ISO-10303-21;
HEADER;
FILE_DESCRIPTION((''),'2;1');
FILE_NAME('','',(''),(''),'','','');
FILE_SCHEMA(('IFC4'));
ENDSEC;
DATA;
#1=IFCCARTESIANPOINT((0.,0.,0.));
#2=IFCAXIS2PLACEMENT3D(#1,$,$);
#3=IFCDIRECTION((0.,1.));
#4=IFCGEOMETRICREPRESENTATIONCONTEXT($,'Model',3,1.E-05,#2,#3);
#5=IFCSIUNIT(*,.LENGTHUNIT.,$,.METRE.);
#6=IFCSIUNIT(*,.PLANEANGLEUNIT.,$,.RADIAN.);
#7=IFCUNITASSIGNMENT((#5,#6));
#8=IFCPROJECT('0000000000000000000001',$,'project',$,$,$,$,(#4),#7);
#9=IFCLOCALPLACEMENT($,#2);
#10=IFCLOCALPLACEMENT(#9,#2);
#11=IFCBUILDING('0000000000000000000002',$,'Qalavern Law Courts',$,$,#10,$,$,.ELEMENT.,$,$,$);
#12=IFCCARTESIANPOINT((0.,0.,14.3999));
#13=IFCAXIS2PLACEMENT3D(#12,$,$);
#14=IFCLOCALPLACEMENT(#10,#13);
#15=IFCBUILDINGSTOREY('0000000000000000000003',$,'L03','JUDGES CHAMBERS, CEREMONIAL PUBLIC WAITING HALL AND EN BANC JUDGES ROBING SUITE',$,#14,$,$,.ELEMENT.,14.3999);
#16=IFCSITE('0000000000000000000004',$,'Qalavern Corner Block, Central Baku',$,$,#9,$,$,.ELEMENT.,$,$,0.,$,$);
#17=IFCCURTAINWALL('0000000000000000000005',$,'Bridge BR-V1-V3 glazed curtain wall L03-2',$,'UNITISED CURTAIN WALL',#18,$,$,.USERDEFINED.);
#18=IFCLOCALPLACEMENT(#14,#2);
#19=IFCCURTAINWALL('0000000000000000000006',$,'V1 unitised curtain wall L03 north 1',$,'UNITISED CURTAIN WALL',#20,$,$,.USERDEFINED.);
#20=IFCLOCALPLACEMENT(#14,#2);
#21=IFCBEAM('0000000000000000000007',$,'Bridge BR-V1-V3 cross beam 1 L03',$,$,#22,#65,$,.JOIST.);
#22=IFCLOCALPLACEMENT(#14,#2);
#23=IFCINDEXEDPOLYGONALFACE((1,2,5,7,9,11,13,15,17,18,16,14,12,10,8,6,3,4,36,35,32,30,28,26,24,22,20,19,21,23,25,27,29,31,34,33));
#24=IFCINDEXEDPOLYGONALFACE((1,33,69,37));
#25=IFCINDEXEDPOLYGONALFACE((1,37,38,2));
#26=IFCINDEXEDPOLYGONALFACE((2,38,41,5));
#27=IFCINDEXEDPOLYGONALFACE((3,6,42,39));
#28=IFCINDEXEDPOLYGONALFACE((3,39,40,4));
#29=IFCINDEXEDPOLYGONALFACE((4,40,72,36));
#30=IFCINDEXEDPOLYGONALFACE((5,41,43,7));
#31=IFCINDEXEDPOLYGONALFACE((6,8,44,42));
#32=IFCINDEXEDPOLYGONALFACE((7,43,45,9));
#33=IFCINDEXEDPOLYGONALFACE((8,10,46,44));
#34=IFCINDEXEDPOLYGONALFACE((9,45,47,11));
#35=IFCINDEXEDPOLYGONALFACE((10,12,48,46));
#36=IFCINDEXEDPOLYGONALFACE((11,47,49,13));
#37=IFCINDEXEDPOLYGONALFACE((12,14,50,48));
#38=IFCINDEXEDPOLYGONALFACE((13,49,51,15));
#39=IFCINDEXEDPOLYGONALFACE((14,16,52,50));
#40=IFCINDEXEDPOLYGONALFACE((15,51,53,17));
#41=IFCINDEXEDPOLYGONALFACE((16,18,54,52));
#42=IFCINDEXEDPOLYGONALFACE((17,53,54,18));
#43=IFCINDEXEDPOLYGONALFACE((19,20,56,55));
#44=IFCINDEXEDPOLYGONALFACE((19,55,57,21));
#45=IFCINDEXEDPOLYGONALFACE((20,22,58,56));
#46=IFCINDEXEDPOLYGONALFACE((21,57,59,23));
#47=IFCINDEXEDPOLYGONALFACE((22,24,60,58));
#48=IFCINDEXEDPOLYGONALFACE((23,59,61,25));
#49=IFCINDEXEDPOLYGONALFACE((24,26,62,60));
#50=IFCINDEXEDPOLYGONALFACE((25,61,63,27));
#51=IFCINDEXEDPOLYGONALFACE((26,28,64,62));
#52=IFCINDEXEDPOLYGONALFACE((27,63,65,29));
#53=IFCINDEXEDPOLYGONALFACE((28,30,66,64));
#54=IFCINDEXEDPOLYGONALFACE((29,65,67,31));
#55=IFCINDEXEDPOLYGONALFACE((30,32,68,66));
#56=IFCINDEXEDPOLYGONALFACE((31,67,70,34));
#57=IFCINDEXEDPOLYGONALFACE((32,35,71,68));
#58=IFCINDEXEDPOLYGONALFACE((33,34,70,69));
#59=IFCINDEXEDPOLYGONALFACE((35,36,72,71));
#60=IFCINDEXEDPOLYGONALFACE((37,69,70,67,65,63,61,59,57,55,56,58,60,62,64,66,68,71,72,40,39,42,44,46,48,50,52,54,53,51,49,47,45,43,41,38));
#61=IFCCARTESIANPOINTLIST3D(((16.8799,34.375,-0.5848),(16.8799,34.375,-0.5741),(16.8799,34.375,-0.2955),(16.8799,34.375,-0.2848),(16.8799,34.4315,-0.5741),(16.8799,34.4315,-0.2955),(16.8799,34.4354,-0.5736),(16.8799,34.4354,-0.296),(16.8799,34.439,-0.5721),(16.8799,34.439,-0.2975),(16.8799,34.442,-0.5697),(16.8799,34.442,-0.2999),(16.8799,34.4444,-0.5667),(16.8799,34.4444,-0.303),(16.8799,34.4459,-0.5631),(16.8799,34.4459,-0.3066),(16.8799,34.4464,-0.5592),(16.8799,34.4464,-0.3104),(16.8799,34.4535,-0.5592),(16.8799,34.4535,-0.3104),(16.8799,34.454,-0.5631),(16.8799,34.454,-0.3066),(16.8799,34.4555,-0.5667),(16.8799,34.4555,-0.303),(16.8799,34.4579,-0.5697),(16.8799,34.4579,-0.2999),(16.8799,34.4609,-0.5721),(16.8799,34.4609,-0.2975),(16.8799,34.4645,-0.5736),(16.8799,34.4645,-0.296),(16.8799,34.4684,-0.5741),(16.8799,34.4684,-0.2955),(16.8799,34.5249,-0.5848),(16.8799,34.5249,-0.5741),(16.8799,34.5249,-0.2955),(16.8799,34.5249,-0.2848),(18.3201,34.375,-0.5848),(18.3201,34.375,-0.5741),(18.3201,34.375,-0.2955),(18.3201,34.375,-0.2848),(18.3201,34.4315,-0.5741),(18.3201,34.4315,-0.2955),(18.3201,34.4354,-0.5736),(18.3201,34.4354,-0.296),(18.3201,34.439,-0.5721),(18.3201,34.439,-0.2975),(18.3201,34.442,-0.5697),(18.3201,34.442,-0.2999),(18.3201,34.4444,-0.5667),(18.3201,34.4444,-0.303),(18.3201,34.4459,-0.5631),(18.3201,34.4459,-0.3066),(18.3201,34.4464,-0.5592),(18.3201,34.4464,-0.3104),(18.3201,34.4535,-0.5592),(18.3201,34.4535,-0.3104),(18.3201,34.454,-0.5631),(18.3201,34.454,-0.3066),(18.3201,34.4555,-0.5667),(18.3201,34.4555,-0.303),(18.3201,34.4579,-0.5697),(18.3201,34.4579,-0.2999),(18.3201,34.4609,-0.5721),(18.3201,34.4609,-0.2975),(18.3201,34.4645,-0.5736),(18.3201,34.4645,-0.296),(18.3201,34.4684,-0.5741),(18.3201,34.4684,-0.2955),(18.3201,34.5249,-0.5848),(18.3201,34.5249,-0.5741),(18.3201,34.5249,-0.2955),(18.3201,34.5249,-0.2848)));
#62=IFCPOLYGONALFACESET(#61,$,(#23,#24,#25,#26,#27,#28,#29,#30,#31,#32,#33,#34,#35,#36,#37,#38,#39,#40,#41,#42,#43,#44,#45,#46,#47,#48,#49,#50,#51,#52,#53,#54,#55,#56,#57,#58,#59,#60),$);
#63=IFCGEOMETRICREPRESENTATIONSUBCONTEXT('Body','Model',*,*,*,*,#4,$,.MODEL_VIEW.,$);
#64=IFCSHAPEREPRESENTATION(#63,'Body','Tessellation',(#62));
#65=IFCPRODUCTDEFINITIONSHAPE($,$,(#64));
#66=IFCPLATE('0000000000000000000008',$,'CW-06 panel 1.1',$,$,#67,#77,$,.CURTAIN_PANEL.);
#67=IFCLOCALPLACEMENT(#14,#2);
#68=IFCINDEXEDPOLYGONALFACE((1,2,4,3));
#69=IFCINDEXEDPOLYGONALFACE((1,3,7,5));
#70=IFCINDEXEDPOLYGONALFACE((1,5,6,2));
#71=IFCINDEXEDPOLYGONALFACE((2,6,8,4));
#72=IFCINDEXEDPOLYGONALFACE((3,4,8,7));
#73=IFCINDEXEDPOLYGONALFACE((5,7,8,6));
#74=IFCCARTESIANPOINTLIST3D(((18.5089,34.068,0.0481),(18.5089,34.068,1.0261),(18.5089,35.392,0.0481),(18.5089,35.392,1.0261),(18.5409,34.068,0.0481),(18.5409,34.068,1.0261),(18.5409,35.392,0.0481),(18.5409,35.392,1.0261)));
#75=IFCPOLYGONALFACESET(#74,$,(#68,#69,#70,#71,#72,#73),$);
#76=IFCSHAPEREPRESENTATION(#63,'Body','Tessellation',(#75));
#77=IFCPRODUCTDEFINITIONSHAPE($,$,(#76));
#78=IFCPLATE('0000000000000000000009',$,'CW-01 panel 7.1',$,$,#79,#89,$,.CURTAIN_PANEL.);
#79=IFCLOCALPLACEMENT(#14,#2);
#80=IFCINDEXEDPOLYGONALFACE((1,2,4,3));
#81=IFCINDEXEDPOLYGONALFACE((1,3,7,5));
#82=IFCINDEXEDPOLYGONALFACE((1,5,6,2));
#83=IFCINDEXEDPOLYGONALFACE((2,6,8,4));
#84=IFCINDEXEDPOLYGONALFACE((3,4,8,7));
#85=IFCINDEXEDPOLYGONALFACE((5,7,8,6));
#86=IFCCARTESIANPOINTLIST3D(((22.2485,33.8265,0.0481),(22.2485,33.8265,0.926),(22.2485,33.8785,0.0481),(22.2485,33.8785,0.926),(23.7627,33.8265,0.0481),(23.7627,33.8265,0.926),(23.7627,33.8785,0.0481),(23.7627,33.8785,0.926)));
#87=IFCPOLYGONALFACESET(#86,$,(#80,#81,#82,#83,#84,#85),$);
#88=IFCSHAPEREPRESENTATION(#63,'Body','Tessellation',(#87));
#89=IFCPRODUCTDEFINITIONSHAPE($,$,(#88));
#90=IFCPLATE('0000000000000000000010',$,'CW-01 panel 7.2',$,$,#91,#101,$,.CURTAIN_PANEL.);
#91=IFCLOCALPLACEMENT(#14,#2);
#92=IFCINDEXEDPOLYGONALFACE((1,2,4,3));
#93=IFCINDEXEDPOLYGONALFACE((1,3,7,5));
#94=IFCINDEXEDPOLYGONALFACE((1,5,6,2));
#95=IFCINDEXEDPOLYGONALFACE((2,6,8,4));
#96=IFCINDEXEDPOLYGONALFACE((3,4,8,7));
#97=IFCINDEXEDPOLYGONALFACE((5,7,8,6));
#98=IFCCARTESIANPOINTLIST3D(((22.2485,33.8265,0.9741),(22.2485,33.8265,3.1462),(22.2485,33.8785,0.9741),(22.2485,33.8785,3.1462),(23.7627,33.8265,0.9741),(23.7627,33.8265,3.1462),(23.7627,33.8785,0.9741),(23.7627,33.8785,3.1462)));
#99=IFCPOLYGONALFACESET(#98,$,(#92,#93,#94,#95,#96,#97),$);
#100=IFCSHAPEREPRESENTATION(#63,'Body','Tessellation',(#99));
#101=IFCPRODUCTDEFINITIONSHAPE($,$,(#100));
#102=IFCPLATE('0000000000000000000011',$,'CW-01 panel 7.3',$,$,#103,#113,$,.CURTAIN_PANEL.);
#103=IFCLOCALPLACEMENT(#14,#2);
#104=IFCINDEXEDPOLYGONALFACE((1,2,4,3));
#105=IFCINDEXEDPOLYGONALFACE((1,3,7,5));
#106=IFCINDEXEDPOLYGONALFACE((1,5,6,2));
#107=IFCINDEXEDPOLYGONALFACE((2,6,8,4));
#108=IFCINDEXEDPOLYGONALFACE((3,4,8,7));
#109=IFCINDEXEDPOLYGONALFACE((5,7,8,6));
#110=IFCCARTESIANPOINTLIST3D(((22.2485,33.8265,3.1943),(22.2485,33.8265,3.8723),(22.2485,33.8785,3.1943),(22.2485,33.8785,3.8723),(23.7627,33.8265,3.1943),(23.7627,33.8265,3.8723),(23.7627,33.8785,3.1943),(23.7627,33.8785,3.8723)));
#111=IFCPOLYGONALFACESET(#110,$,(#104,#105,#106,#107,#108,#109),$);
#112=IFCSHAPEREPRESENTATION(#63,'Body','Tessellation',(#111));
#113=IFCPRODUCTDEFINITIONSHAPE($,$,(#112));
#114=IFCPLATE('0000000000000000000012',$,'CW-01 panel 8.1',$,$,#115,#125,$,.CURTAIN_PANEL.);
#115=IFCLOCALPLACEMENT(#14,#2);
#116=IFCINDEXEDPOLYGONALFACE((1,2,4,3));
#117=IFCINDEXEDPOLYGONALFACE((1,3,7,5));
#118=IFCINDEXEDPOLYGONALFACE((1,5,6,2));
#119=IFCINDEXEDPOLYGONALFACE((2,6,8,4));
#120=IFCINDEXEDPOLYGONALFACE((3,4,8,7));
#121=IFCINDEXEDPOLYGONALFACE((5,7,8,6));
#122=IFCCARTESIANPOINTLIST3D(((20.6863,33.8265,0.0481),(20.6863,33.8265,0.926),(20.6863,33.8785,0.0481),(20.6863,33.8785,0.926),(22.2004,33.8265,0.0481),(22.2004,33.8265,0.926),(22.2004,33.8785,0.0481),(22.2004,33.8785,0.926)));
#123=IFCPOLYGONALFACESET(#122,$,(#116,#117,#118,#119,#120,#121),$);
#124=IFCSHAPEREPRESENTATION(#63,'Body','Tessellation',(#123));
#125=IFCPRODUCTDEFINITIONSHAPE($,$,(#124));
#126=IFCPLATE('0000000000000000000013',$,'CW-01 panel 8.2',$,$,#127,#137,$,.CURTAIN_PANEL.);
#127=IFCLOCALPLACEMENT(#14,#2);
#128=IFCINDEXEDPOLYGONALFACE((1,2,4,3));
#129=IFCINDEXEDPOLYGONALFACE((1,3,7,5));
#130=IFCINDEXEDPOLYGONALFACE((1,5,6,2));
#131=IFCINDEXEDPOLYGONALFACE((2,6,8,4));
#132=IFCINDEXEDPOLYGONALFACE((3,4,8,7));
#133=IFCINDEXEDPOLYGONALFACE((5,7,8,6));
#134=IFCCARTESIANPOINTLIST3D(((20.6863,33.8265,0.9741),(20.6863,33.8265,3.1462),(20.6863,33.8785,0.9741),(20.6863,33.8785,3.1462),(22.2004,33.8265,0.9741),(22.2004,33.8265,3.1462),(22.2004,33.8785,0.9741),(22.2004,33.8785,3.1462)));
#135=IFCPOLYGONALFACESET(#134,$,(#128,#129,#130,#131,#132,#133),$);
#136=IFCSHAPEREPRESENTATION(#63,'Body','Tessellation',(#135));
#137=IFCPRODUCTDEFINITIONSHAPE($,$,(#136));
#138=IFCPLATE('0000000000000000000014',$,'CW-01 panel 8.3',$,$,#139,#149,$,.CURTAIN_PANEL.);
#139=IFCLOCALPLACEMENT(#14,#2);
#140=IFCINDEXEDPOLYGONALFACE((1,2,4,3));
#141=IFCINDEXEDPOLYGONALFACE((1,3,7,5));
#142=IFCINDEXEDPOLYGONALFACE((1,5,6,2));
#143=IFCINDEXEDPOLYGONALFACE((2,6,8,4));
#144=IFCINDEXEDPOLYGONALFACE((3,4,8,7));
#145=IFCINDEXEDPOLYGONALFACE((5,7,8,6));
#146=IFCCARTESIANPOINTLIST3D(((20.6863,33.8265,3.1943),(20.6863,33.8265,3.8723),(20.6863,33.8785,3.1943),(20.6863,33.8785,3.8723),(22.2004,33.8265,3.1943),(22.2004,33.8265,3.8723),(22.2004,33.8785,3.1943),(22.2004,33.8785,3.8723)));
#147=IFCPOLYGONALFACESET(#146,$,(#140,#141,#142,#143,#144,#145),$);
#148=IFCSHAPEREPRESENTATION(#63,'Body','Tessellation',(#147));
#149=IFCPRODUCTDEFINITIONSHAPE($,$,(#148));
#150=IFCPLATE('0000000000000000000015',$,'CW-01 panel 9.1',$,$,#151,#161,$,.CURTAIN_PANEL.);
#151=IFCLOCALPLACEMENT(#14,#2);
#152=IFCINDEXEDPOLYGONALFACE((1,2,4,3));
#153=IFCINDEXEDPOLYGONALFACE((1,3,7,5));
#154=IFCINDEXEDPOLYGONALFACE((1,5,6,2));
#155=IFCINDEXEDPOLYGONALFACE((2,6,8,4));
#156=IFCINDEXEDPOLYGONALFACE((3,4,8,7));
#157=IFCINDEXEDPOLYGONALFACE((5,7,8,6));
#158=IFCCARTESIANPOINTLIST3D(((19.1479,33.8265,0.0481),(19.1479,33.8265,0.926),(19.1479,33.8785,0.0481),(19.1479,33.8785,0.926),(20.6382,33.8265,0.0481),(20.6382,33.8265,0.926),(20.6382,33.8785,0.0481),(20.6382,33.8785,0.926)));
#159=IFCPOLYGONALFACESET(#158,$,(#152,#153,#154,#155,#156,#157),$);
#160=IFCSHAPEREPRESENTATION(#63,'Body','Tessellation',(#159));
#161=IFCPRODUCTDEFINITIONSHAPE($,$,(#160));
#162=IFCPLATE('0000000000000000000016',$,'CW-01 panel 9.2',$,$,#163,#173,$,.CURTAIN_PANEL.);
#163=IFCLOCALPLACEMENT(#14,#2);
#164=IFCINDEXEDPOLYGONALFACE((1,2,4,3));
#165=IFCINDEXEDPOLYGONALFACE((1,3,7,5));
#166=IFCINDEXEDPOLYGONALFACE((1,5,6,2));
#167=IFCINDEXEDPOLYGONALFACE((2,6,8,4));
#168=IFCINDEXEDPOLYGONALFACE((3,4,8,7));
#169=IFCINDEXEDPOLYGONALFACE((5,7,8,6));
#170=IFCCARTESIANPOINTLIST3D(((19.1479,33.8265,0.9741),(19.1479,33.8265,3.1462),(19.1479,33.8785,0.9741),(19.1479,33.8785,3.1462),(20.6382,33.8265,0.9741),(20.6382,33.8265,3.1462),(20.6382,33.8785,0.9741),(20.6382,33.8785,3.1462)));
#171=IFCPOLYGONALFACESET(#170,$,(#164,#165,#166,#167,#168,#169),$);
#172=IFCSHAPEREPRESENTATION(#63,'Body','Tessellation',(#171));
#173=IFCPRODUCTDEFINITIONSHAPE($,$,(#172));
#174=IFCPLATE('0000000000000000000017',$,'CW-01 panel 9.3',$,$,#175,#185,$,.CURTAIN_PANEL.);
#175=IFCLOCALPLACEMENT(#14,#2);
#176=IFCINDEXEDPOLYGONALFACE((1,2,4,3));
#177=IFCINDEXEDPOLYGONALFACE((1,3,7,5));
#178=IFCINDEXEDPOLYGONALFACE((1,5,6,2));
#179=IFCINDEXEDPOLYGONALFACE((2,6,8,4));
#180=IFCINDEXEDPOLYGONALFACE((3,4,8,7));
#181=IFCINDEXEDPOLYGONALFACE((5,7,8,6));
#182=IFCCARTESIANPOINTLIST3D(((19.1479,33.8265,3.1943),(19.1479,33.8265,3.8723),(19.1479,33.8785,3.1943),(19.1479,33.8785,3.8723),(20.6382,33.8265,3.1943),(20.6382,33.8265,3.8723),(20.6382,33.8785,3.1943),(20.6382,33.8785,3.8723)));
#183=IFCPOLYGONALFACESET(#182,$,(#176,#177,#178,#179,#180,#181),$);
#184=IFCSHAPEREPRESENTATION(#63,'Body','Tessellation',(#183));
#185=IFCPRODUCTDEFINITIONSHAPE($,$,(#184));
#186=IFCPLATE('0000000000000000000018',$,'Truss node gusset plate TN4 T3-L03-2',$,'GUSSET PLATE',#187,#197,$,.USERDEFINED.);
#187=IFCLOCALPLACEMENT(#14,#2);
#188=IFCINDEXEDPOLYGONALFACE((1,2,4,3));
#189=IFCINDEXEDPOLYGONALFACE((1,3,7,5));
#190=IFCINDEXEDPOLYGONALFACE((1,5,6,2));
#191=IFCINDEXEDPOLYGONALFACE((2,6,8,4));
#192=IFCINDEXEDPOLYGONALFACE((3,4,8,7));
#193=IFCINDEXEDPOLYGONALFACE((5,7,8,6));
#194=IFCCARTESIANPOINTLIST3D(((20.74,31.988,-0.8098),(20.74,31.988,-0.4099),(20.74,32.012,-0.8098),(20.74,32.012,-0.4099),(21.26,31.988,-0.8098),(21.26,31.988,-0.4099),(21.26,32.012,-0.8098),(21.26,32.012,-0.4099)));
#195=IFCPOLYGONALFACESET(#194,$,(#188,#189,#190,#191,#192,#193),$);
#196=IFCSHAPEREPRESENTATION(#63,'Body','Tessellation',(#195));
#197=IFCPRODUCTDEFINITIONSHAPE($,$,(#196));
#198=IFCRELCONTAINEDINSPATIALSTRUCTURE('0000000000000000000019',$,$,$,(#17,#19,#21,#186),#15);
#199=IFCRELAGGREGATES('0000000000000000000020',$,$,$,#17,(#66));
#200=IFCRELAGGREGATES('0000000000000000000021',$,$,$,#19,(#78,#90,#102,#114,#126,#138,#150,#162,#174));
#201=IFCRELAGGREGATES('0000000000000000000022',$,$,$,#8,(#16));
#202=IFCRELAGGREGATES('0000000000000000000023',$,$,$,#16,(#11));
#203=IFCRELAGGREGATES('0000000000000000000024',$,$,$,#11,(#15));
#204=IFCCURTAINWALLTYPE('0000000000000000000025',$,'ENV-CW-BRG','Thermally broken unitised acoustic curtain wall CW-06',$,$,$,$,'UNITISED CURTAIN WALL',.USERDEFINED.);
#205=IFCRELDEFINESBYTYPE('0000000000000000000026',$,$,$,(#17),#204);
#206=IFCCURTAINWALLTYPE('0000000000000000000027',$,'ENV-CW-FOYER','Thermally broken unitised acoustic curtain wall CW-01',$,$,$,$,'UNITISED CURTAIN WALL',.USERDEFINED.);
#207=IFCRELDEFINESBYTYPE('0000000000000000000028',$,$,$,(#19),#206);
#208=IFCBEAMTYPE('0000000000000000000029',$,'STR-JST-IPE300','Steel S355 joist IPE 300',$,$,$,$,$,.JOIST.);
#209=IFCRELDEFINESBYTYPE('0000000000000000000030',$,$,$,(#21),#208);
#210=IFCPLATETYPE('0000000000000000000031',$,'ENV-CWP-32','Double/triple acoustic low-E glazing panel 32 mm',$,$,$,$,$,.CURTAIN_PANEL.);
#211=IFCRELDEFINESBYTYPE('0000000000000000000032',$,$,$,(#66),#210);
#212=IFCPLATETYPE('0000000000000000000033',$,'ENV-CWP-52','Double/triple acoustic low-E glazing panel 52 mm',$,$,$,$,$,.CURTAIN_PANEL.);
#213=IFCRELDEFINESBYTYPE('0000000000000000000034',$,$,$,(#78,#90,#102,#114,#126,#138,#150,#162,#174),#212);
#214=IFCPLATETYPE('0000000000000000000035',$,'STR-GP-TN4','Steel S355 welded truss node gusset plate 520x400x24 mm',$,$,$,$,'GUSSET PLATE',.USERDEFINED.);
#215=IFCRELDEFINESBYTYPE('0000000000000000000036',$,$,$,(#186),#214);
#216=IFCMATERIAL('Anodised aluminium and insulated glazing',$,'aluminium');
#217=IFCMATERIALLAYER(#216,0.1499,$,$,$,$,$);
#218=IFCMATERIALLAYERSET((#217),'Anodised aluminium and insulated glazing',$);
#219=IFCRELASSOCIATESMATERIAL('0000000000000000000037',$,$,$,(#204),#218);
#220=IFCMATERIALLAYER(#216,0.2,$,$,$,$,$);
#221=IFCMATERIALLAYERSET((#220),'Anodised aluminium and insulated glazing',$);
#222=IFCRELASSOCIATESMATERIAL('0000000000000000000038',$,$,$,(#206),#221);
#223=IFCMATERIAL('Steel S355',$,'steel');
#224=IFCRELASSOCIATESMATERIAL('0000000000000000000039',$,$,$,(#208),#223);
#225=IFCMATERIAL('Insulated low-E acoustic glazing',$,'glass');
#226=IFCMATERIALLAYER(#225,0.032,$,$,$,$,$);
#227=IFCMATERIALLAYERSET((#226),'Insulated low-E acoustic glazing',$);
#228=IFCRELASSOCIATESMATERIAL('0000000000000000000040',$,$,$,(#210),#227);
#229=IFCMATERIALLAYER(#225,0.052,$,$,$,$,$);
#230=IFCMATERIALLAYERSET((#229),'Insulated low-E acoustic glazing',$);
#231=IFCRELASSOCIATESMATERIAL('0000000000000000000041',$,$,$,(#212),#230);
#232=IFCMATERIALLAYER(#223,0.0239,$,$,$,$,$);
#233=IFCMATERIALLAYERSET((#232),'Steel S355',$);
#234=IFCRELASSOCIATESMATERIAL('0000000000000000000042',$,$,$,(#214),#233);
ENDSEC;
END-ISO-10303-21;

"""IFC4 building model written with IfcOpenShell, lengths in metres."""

from ifc_helpers import new_model, si_unit, direction, frame, origin, origin_2d, place, context, subcontext, project, spatial, rectangle, i_section, extrude, material, layer, layer_set, material_profile, profile_set, type_object, element, aggregate, save


model = new_model("IFC4")

# Units and contexts
model_context = context("Model", 3, precision=1e-05, world=origin(), true_north=direction((0.0, 1.0)))
body_context = subcontext(model_context, "Body", "Model", "MODEL_VIEW")
ifc_project = project(units=[si_unit("LENGTHUNIT", "METRE"), si_unit("PLANEANGLEUNIT", "RADIAN")], contexts=[model_context])

# Site, building, storey
site_placement = place(None, origin())
site = spatial("IfcSite", under=ifc_project, at=site_placement, Name="Qalavern Corner Block, Central Baku", CompositionType="ELEMENT", RefElevation=0.0)
building_placement = place(site_placement, origin())
building = spatial("IfcBuilding", under=site, at=building_placement, Name="Qalavern Law Courts", CompositionType="ELEMENT")
storey_placement = place(building_placement, frame((0.0, 0.0, 14.3999)))
storey = spatial("IfcBuildingStorey", under=building, at=storey_placement, Name="L03", Description="JUDGES CHAMBERS, CEREMONIAL PUBLIC WAITING HALL AND EN BANC JUDGES ROBING SUITE", CompositionType="ELEMENT", Elevation=14.3999)

# Curtain wall
ifc_material_1 = material(Name="Anodised aluminium and insulated glazing", Category="aluminium")
ifc_layer_1 = layer(ifc_material_1, 0.1499)
ifc_layer_set_1 = layer_set([ifc_layer_1], Name="Anodised aluminium and insulated glazing")
curtain_wall_type_1 = type_object("IfcCurtainWallType", Name="ENV-CW-BRG", Description="Thermally broken unitised acoustic curtain wall CW-06", ElementType="UNITISED CURTAIN WALL", PredefinedType="USERDEFINED", material=ifc_layer_set_1)
curtain_wall_1_placement = place(storey_placement, origin())
curtain_wall_1 = element("IfcCurtainWall", 1, at=curtain_wall_1_placement, inside=storey, type_object=curtain_wall_type_1, Name="Bridge BR-V1-V3 glazed curtain wall L03-2", ObjectType="UNITISED CURTAIN WALL", PredefinedType="USERDEFINED")

# Curtain wall
ifc_layer_2 = layer(ifc_material_1, 0.2)
ifc_layer_set_2 = layer_set([ifc_layer_2], Name="Anodised aluminium and insulated glazing")
curtain_wall_type_2 = type_object("IfcCurtainWallType", Name="ENV-CW-FOYER", Description="Thermally broken unitised acoustic curtain wall CW-01", ElementType="UNITISED CURTAIN WALL", PredefinedType="USERDEFINED", material=ifc_layer_set_2)
curtain_wall_2_placement = place(storey_placement, origin())
curtain_wall_2 = element("IfcCurtainWall", 2, at=curtain_wall_2_placement, inside=storey, type_object=curtain_wall_type_2, Name="V1 unitised curtain wall L03 north 1", ObjectType="UNITISED CURTAIN WALL", PredefinedType="USERDEFINED")

# Shared definitions
ifc_material_2 = material(Name="Steel S355", Category="steel")

# Beam
ifc_material_profile_1 = material_profile(ifc_material_2, i_section(OverallWidth=0.1499, OverallDepth=0.3, WebThickness=0.0071, FlangeThickness=0.0107, FilletRadius=0.0149, at=origin_2d()), Name="IPE 300")
ifc_profile_set_1 = profile_set([ifc_material_profile_1], Name="Steel S355")
beam_type_1 = type_object("IfcBeamType", Name="STR-JST-IPE300", Description="Steel S355 joist IPE 300", PredefinedType="JOIST", material=ifc_profile_set_1)
beam_1_placement = place(storey_placement, frame((16.8799, 34.45, -0.4348), z_axis=(1.0, 0.0, 0.0), x_axis=(0.0, 1.0, 0.0)))
element("IfcBeam", 3, at=beam_1_placement, inside=storey, type_object=beam_type_1, Name="Bridge BR-V1-V3 cross beam 1 L03", PredefinedType="JOIST", context=body_context, shape_type="SweptSolid", body=[
    extrude(i_section(OverallWidth=0.1499, OverallDepth=0.3, WebThickness=0.0071, FlangeThickness=0.0107, FilletRadius=0.0149, at=origin_2d()), origin(), (0.0, 0.0, 1.0), 1.4402),
])

# Plates
ifc_material_3 = material(Name="Insulated low-E acoustic glazing", Category="glass")
ifc_layer_3 = layer(ifc_material_3, 0.032)
ifc_layer_set_3 = layer_set([ifc_layer_3], Name="Insulated low-E acoustic glazing")
plate_type_1 = type_object("IfcPlateType", Name="ENV-CWP-32", Description="Double/triple acoustic low-E glazing panel 32 mm", PredefinedType="CURTAIN_PANEL", material=ifc_layer_set_3)
plate_1_placement = place(storey_placement, frame((18.5249, 34.73, 0.0481), z_axis=(0.0, 0.0, 1.0), x_axis=(0.0, 1.0, 0.0)))
plate_1 = element("IfcPlate", 4, at=plate_1_placement, type_object=plate_type_1, Name="CW-06 panel 1.1", PredefinedType="CURTAIN_PANEL", context=body_context, shape_type="SweptSolid", body=[
    extrude(rectangle(XDim=1.324, YDim=0.032, at=origin_2d()), origin(), (0.0, 0.0, 1.0), 0.978),
])
aggregate(curtain_wall_1, [plate_1])
ifc_layer_4 = layer(ifc_material_3, 0.052)
ifc_layer_set_4 = layer_set([ifc_layer_4], Name="Insulated low-E acoustic glazing")
plate_type_2 = type_object("IfcPlateType", Name="ENV-CWP-52", Description="Double/triple acoustic low-E glazing panel 52 mm", PredefinedType="CURTAIN_PANEL", material=ifc_layer_set_4)
plate_2_placement = place(storey_placement, frame((23.0056, 33.8525, 0.0481), z_axis=(0.0, 0.0, 1.0), x_axis=(-1.0, 0.0, 0.0)))
plate_2 = element("IfcPlate", 5, at=plate_2_placement, type_object=plate_type_2, Name="CW-01 panel 7.1", PredefinedType="CURTAIN_PANEL", context=body_context, shape_type="SweptSolid", body=[
    extrude(rectangle(XDim=1.5142, YDim=0.052, at=origin_2d()), origin(), (0.0, 0.0, 1.0), 0.8779),
])
plate_3_placement = place(storey_placement, frame((23.0056, 33.8525, 0.9741), z_axis=(0.0, 0.0, 1.0), x_axis=(-1.0, 0.0, 0.0)))
plate_3 = element("IfcPlate", 6, at=plate_3_placement, type_object=plate_type_2, Name="CW-01 panel 7.2", PredefinedType="CURTAIN_PANEL", context=body_context, shape_type="SweptSolid", body=[
    extrude(rectangle(XDim=1.5142, YDim=0.052, at=origin_2d()), origin(), (0.0, 0.0, 1.0), 2.1721),
])
plate_4_placement = place(storey_placement, frame((23.0056, 33.8525, 3.1943), z_axis=(0.0, 0.0, 1.0), x_axis=(-1.0, 0.0, 0.0)))
plate_4 = element("IfcPlate", 7, at=plate_4_placement, type_object=plate_type_2, Name="CW-01 panel 7.3", PredefinedType="CURTAIN_PANEL", context=body_context, shape_type="SweptSolid", body=[
    extrude(rectangle(XDim=1.5142, YDim=0.052, at=origin_2d()), origin(), (0.0, 0.0, 1.0), 0.678),
])
plate_5_placement = place(storey_placement, frame((21.4434, 33.8525, 0.0481), z_axis=(0.0, 0.0, 1.0), x_axis=(-1.0, 0.0, 0.0)))
plate_5 = element("IfcPlate", 8, at=plate_5_placement, type_object=plate_type_2, Name="CW-01 panel 8.1", PredefinedType="CURTAIN_PANEL", context=body_context, shape_type="SweptSolid", body=[
    extrude(rectangle(XDim=1.5142, YDim=0.052, at=origin_2d()), origin(), (0.0, 0.0, 1.0), 0.8779),
])
plate_6_placement = place(storey_placement, frame((21.4434, 33.8525, 0.9741), z_axis=(0.0, 0.0, 1.0), x_axis=(-1.0, 0.0, 0.0)))
plate_6 = element("IfcPlate", 9, at=plate_6_placement, type_object=plate_type_2, Name="CW-01 panel 8.2", PredefinedType="CURTAIN_PANEL", context=body_context, shape_type="SweptSolid", body=[
    extrude(rectangle(XDim=1.5142, YDim=0.052, at=origin_2d()), origin(), (0.0, 0.0, 1.0), 2.1721),
])
plate_7_placement = place(storey_placement, frame((21.4434, 33.8525, 3.1943), z_axis=(0.0, 0.0, 1.0), x_axis=(-1.0, 0.0, 0.0)))
plate_7 = element("IfcPlate", 10, at=plate_7_placement, type_object=plate_type_2, Name="CW-01 panel 8.3", PredefinedType="CURTAIN_PANEL", context=body_context, shape_type="SweptSolid", body=[
    extrude(rectangle(XDim=1.5142, YDim=0.052, at=origin_2d()), origin(), (0.0, 0.0, 1.0), 0.678),
])
plate_8_placement = place(storey_placement, frame((19.8931, 33.8525, 0.0481), z_axis=(0.0, 0.0, 1.0), x_axis=(-1.0, 0.0, 0.0)))
plate_8 = element("IfcPlate", 11, at=plate_8_placement, type_object=plate_type_2, Name="CW-01 panel 9.1", PredefinedType="CURTAIN_PANEL", context=body_context, shape_type="SweptSolid", body=[
    extrude(rectangle(XDim=1.4902, YDim=0.052, at=origin_2d()), origin(), (0.0, 0.0, 1.0), 0.8779),
])
plate_9_placement = place(storey_placement, frame((19.8931, 33.8525, 0.9741), z_axis=(0.0, 0.0, 1.0), x_axis=(-1.0, 0.0, 0.0)))
plate_9 = element("IfcPlate", 12, at=plate_9_placement, type_object=plate_type_2, Name="CW-01 panel 9.2", PredefinedType="CURTAIN_PANEL", context=body_context, shape_type="SweptSolid", body=[
    extrude(rectangle(XDim=1.4902, YDim=0.052, at=origin_2d()), origin(), (0.0, 0.0, 1.0), 2.1721),
])
plate_10_placement = place(storey_placement, frame((19.8931, 33.8525, 3.1943), z_axis=(0.0, 0.0, 1.0), x_axis=(-1.0, 0.0, 0.0)))
plate_10 = element("IfcPlate", 13, at=plate_10_placement, type_object=plate_type_2, Name="CW-01 panel 9.3", PredefinedType="CURTAIN_PANEL", context=body_context, shape_type="SweptSolid", body=[
    extrude(rectangle(XDim=1.4902, YDim=0.052, at=origin_2d()), origin(), (0.0, 0.0, 1.0), 0.678),
])
aggregate(curtain_wall_2, [plate_2, plate_3, plate_4, plate_5, plate_6, plate_7, plate_8, plate_9, plate_10])

# Plate
ifc_layer_5 = layer(ifc_material_2, 0.0239)
ifc_layer_set_5 = layer_set([ifc_layer_5], Name="Steel S355")
plate_type_3 = type_object("IfcPlateType", Name="STR-GP-TN4", Description="Steel S355 welded truss node gusset plate 520x400x24 mm", ElementType="GUSSET PLATE", PredefinedType="USERDEFINED", material=ifc_layer_set_5)
plate_11_placement = place(storey_placement, frame((21.0, 32.0, -0.8098), z_axis=(0.0, 0.0, 1.0), x_axis=(1.0, 0.0, 0.0)))
element("IfcPlate", 14, at=plate_11_placement, inside=storey, type_object=plate_type_3, Name="Truss node gusset plate TN4 T3-L03-2", ObjectType="GUSSET PLATE", PredefinedType="USERDEFINED", context=body_context, shape_type="SweptSolid", body=[
    extrude(rectangle(XDim=0.52, YDim=0.0239, at=origin_2d()), origin(), (0.0, 0.0, 1.0), 0.3999),
])

save(model, "model.ifc")
